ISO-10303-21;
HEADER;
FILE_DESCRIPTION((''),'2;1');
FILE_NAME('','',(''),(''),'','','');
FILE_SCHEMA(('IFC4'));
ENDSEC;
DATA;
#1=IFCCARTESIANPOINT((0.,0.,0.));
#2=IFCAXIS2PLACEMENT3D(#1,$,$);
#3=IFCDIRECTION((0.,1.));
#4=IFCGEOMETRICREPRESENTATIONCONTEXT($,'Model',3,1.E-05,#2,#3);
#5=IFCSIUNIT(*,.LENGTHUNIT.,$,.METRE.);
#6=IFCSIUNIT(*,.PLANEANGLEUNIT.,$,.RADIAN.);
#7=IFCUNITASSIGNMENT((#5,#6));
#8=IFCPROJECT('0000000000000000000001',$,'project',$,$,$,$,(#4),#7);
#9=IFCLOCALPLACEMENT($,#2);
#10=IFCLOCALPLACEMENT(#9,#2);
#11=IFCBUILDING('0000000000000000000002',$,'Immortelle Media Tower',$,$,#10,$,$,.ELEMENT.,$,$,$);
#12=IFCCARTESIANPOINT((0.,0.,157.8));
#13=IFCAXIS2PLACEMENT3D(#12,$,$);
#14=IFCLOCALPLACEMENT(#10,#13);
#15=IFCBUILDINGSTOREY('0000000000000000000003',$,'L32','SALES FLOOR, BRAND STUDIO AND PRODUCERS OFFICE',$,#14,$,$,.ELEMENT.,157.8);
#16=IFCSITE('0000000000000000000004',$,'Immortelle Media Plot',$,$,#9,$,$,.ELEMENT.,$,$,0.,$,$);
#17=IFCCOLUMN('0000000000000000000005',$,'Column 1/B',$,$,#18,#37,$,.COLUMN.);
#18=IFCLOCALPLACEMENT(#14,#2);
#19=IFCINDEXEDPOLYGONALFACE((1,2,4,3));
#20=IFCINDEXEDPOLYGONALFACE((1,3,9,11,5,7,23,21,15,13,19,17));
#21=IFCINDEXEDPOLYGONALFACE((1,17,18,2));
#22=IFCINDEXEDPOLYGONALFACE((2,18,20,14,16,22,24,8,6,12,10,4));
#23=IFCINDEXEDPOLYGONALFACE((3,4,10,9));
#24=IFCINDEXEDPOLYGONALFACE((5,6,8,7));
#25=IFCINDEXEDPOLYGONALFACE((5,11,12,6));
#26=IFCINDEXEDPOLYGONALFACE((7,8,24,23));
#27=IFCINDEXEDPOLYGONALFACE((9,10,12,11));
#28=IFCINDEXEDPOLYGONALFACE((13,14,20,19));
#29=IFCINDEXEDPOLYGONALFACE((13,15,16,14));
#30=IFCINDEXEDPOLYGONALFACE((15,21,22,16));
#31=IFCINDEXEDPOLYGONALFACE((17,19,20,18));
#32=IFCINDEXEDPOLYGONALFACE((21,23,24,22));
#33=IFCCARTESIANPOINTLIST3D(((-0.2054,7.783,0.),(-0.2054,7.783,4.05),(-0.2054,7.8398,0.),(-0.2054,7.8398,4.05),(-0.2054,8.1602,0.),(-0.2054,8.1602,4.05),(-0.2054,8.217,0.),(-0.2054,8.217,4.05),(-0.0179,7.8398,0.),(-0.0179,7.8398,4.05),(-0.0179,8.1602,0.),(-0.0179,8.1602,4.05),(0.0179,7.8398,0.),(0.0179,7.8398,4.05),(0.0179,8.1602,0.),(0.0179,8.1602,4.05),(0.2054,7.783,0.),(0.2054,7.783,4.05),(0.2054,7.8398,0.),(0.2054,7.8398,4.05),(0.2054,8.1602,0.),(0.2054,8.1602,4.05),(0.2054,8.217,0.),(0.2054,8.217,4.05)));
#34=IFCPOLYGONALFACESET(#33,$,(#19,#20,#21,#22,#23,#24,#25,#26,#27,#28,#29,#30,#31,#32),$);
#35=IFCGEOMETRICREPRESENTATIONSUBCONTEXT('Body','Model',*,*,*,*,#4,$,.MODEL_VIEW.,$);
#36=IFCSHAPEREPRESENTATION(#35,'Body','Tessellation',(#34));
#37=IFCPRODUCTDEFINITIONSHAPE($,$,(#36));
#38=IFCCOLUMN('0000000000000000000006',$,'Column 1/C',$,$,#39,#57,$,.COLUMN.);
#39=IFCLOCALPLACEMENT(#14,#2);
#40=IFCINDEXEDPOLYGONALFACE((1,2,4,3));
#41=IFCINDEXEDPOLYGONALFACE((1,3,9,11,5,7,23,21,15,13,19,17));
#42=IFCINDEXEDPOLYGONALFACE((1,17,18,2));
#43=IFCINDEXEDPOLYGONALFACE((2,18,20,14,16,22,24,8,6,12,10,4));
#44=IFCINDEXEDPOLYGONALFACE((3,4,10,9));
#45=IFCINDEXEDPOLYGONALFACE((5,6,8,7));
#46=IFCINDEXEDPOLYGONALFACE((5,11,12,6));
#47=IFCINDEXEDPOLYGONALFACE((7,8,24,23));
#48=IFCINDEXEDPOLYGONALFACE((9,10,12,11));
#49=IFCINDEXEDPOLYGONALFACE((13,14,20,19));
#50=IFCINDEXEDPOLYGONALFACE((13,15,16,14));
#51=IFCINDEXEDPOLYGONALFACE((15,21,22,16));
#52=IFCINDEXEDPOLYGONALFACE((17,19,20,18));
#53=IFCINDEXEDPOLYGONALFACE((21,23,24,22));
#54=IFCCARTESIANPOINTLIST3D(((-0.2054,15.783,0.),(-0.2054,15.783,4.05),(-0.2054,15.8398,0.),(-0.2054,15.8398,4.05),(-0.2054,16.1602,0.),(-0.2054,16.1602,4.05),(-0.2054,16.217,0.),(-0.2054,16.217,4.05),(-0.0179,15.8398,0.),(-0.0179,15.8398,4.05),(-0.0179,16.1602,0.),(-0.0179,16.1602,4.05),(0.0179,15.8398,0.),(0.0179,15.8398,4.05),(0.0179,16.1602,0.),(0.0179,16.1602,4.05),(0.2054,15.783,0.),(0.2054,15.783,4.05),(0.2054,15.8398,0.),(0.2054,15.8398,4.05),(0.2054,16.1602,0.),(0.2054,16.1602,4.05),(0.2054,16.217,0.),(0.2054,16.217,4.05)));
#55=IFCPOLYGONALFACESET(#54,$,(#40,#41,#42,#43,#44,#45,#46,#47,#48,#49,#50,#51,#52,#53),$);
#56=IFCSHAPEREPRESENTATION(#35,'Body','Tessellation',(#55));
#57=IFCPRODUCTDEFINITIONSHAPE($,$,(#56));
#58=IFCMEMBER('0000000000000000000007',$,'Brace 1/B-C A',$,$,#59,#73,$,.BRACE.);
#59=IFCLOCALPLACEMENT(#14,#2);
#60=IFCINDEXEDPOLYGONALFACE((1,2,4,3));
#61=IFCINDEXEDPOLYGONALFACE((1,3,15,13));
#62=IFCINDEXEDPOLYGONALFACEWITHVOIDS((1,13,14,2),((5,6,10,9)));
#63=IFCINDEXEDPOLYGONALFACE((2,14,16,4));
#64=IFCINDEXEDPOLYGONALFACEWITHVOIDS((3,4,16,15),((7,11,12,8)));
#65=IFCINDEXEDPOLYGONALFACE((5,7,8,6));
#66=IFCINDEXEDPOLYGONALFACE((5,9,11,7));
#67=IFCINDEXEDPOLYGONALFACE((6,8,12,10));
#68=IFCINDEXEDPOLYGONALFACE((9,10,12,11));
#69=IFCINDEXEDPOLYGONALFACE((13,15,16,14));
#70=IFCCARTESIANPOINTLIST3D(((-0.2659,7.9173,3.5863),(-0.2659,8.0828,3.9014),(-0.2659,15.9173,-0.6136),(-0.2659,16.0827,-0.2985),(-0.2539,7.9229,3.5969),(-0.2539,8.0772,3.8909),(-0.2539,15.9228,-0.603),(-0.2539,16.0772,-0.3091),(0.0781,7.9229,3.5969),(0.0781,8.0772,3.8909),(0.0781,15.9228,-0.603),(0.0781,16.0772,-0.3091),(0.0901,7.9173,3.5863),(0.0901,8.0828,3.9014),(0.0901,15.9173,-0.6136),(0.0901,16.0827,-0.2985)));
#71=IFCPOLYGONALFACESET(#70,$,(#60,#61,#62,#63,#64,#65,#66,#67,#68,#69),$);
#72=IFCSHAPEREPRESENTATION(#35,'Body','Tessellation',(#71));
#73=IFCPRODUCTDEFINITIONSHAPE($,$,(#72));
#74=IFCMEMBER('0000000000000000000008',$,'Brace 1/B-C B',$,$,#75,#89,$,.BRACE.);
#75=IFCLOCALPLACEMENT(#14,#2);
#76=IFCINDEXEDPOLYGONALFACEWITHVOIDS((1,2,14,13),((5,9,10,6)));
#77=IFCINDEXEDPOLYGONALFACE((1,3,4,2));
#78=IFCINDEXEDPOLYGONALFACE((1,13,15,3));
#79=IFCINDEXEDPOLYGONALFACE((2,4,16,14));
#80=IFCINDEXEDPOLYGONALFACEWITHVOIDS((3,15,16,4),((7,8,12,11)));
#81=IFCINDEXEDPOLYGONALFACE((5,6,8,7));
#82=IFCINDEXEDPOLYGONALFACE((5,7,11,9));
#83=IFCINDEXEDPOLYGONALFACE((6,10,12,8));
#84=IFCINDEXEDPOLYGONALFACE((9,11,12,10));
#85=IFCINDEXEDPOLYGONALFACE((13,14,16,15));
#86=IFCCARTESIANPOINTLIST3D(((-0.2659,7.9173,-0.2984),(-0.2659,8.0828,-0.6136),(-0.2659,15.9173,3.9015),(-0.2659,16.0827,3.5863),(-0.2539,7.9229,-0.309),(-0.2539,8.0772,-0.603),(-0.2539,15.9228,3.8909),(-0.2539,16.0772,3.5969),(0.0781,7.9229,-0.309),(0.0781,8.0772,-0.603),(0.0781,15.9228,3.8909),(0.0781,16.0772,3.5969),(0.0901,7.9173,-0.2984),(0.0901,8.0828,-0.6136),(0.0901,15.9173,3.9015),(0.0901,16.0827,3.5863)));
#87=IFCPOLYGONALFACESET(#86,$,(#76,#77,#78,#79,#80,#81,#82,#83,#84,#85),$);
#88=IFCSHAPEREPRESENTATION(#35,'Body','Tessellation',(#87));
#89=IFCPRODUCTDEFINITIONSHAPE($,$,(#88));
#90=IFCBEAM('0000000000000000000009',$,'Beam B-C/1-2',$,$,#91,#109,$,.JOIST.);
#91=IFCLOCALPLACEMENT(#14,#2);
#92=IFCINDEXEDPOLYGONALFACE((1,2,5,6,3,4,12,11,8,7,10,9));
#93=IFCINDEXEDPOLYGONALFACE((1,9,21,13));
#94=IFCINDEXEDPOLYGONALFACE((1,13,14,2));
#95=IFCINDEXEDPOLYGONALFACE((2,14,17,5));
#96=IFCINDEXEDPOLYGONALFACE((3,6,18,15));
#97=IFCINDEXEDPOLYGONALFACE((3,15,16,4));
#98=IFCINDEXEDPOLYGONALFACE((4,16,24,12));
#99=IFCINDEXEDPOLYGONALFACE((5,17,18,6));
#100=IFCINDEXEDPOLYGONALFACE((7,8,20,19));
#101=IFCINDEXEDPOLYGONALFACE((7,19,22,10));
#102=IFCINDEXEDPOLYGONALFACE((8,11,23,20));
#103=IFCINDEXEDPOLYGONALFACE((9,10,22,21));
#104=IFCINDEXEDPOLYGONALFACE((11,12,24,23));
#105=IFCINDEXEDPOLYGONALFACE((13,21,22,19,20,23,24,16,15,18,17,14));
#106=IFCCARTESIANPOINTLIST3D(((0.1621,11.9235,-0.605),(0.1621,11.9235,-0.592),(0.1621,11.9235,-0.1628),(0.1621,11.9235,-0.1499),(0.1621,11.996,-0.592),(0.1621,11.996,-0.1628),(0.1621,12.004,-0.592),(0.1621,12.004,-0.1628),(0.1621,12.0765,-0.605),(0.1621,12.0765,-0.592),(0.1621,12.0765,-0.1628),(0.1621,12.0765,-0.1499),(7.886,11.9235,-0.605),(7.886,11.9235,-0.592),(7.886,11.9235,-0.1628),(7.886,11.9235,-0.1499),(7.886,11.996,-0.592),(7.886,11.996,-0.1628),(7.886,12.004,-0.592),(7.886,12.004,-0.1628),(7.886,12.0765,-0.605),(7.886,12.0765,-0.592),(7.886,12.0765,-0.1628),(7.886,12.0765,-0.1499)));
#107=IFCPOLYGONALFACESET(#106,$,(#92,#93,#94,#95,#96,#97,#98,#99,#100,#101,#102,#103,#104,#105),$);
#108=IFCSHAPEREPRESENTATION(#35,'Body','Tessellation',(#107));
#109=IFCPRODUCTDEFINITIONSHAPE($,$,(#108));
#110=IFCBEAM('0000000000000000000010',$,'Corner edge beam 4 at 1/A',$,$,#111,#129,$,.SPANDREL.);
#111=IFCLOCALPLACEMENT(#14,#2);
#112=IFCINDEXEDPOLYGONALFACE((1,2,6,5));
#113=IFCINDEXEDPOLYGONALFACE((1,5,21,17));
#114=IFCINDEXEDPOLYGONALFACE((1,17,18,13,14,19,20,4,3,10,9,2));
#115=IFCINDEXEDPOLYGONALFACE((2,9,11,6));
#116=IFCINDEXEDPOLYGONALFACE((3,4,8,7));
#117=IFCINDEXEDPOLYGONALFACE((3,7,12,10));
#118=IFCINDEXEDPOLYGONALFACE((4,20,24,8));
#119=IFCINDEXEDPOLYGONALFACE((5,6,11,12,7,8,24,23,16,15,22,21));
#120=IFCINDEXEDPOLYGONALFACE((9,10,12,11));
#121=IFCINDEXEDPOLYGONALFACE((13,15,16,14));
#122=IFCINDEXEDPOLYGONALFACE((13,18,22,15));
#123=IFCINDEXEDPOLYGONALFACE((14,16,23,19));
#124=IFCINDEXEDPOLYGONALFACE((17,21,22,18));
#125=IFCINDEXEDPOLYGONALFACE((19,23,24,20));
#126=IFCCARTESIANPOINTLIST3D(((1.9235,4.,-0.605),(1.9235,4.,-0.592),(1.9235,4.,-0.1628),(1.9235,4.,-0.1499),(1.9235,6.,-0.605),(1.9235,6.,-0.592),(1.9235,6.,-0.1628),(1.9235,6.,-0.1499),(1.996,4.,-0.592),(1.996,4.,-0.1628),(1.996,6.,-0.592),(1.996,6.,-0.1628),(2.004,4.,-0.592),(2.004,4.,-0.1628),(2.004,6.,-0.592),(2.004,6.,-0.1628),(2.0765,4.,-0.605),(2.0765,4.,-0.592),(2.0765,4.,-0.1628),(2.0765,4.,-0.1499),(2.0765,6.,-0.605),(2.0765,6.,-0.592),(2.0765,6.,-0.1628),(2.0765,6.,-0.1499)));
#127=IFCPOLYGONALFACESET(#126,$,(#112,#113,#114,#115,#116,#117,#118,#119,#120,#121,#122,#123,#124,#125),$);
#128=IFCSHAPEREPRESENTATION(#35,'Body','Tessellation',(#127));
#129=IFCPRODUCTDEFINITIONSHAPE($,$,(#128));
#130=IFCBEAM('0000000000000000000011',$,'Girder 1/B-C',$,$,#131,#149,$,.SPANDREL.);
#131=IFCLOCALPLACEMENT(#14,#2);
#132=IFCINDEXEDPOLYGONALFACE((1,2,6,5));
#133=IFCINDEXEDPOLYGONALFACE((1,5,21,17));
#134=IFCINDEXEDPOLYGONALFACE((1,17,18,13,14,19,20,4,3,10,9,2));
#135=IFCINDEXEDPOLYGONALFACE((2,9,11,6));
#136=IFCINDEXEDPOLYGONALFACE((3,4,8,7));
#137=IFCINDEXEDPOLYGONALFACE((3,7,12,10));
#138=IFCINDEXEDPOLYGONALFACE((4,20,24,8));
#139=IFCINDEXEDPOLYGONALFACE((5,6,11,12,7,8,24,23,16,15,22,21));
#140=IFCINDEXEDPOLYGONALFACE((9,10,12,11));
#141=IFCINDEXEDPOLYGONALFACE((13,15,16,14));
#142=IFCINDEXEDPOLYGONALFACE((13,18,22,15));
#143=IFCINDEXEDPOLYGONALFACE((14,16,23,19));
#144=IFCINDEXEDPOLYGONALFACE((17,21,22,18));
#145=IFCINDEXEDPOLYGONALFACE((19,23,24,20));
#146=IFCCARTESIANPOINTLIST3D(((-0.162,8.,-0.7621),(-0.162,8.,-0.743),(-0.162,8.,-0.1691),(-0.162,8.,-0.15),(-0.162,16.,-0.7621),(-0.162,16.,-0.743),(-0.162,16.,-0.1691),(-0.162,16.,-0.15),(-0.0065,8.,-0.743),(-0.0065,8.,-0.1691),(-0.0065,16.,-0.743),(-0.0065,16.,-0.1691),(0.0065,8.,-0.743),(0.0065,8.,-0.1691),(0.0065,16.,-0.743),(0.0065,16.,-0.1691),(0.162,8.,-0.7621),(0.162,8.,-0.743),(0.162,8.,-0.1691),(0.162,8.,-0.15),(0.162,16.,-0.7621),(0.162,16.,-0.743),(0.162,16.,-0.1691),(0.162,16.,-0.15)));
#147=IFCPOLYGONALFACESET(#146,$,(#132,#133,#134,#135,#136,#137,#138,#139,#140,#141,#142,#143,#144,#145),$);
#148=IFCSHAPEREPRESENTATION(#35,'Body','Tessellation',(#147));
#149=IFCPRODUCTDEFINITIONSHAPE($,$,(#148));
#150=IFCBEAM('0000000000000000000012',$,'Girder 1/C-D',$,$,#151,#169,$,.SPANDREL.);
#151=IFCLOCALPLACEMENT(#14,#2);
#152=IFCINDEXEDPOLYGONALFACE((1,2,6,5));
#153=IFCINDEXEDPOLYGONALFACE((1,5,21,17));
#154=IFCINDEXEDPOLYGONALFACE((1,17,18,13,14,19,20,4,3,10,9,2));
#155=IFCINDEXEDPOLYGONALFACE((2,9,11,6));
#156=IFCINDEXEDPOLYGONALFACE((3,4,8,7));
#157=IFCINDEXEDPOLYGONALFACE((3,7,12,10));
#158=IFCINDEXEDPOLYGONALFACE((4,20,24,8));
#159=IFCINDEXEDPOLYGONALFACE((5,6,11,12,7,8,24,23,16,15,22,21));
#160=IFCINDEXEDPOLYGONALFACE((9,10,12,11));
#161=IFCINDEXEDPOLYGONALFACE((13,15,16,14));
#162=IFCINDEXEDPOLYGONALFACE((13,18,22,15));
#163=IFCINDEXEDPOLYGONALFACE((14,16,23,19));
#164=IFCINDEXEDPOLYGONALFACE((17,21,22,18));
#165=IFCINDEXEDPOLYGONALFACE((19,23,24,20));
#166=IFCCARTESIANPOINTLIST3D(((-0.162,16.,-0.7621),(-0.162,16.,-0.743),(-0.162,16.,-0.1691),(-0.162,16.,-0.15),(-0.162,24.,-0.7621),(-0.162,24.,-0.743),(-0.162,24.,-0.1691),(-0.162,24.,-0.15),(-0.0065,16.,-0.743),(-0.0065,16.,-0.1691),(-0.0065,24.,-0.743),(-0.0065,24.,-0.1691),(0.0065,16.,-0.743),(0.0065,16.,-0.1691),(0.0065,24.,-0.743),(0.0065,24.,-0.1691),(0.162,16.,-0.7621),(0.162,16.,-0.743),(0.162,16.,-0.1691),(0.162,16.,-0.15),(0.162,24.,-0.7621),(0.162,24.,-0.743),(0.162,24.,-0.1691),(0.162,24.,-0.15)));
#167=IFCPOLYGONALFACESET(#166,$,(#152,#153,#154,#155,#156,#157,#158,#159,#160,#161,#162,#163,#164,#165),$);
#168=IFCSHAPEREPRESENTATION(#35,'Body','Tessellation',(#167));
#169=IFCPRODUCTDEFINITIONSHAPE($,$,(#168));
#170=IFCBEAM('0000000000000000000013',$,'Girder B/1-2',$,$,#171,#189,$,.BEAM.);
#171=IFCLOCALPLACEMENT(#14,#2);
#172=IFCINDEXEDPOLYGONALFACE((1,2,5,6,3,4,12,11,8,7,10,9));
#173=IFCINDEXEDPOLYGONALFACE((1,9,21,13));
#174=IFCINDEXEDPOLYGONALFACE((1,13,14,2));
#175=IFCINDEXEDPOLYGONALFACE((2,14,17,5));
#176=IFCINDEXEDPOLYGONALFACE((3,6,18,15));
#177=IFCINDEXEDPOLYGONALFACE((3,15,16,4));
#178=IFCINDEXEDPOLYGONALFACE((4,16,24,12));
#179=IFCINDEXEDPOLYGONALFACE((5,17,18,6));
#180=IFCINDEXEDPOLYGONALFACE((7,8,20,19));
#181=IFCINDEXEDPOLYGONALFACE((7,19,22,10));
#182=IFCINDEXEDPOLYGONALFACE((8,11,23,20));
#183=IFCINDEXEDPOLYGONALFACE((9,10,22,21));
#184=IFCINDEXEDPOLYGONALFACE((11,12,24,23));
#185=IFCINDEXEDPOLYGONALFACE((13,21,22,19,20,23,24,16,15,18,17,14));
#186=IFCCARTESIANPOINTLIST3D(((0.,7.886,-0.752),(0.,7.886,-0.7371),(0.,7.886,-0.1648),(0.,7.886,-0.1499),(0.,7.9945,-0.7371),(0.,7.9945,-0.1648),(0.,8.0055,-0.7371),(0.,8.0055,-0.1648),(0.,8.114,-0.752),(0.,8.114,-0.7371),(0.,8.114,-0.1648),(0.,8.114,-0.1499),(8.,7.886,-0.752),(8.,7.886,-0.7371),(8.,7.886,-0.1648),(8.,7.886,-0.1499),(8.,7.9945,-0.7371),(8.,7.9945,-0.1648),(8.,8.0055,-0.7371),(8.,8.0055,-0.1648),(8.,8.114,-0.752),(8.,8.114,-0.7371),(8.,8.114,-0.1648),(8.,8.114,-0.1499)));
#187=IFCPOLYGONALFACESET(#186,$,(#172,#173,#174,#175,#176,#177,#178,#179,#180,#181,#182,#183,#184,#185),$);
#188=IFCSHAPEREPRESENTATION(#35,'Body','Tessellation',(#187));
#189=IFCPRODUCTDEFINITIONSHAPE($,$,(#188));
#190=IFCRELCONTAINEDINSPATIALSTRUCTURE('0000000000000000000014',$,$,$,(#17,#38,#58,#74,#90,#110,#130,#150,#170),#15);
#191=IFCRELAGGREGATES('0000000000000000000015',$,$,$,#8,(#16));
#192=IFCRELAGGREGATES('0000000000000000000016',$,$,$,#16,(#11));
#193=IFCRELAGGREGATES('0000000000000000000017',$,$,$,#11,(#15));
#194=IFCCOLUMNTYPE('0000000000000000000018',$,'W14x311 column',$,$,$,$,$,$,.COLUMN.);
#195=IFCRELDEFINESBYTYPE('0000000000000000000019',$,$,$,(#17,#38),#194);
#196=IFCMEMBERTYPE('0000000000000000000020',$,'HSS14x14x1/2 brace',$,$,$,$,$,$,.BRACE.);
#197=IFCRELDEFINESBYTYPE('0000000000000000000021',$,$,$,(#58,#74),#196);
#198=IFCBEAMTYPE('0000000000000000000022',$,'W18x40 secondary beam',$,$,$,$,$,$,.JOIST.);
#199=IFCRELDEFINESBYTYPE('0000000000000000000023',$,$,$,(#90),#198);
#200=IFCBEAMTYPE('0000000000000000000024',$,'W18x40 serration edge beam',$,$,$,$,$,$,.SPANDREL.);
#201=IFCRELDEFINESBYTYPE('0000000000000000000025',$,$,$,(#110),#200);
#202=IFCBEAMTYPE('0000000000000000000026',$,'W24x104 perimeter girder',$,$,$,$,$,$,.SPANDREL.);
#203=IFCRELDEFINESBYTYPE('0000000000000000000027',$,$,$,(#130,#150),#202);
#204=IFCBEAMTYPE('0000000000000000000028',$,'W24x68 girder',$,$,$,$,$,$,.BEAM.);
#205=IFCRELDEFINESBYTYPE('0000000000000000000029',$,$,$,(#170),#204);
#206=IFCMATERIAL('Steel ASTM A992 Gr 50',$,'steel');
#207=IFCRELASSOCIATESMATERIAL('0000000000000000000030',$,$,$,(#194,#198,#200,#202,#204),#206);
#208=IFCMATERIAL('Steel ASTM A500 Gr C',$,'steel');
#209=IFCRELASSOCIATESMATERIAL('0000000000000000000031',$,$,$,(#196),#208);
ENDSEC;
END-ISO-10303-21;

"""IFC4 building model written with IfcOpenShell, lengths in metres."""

from ifc_helpers import new_model, si_unit, direction, frame, origin, origin_2d, place, context, subcontext, project, spatial, hollow_rectangle, i_section, extrude, material, material_profile, profile_set, type_object, element, save


model = new_model("IFC4")

# Units and contexts
model_context = context("Model", 3, precision=1e-05, world=origin(), true_north=direction((0.0, 1.0)))
body_context = subcontext(model_context, "Body", "Model", "MODEL_VIEW")
ifc_project = project(units=[si_unit("LENGTHUNIT", "METRE"), si_unit("PLANEANGLEUNIT", "RADIAN")], contexts=[model_context])

# Site, building, storey
site_placement = place(None, origin())
site = spatial("IfcSite", under=ifc_project, at=site_placement, Name="Immortelle Media Plot", CompositionType="ELEMENT", RefElevation=0.0)
building_placement = place(site_placement, origin())
building = spatial("IfcBuilding", under=site, at=building_placement, Name="Immortelle Media Tower", CompositionType="ELEMENT")
storey_placement = place(building_placement, frame((0.0, 0.0, 157.8)))
storey = spatial("IfcBuildingStorey", under=building, at=storey_placement, Name="L32", Description="SALES FLOOR, BRAND STUDIO AND PRODUCERS OFFICE", CompositionType="ELEMENT", Elevation=157.8)

# Columns
ifc_material_1 = material(Name="Steel ASTM A992 Gr 50", Category="steel")
ifc_material_profile_1 = material_profile(ifc_material_1, i_section(OverallWidth=0.4109, OverallDepth=0.4341, WebThickness=0.0359, FlangeThickness=0.0569, at=origin_2d()), Name="W14x311")
ifc_profile_set_1 = profile_set([ifc_material_profile_1], Name="Steel ASTM A992 Gr 50")
column_type = type_object("IfcColumnType", Name="W14x311 column", PredefinedType="COLUMN", material=ifc_profile_set_1)
for number, where, z_axis, x_axis, name in (
    (1, (0.0, 8.0, 0.0), (0.0, 0.0, 1.0), (1.0, 0.0, 0.0), "Column 1/B"),
    (2, (0.0, 16.0, 0.0), (0.0, 0.0, 1.0), (1.0, 0.0, 0.0), "Column 1/C"),
):
    element("IfcColumn", number, at=place(storey_placement, frame(where, z_axis=z_axis, x_axis=x_axis)), inside=storey, type_object=column_type, Name=name, PredefinedType="COLUMN", context=body_context, shape_type="SweptSolid", body=[
        extrude(i_section(OverallWidth=0.4109, OverallDepth=0.4341, WebThickness=0.0359, FlangeThickness=0.0569, at=origin_2d()), origin(), (0.0, 0.0, 1.0), 4.05),
    ])

# Members
ifc_material_2 = material(Name="Steel ASTM A500 Gr C", Category="steel")
ifc_material_profile_2 = material_profile(ifc_material_2, hollow_rectangle(XDim=0.356, YDim=0.356, WallThickness=0.012, at=origin_2d()), Name="HSS14x14x1/2 brace")
ifc_profile_set_2 = profile_set([ifc_material_profile_2], Name="Steel ASTM A500 Gr C")
member_type = type_object("IfcMemberType", Name="HSS14x14x1/2 brace", PredefinedType="BRACE", material=ifc_profile_set_2)
for number, where, z_axis, x_axis, name in (
    (3, (-0.0879, 16.0, -0.4561), (0.0, -0.8854, 0.46483), (1.0, 0.0, 0.0), "Brace 1/B-C A"),
    (4, (-0.0879, 16.0, 3.7439), (0.0, -0.8854, -0.46483), (1.0, 0.0, 0.0), "Brace 1/B-C B"),
):
    element("IfcMember", number, at=place(storey_placement, frame(where, z_axis=z_axis, x_axis=x_axis)), inside=storey, type_object=member_type, Name=name, PredefinedType="BRACE", context=body_context, shape_type="SweptSolid", body=[
        extrude(hollow_rectangle(XDim=0.356, YDim=0.356, WallThickness=0.012, at=origin_2d()), origin(), (0.0, 0.0, 1.0), 9.0354),
    ])

# Beams
ifc_material_profile_3 = material_profile(ifc_material_1, i_section(OverallWidth=0.1531, OverallDepth=0.4551, WebThickness=0.0081, FlangeThickness=0.0129, at=origin_2d()), Name="W18x40")
ifc_profile_set_3 = profile_set([ifc_material_profile_3], Name="Steel ASTM A992 Gr 50")
beam_type_1 = type_object("IfcBeamType", Name="W18x40 secondary beam", PredefinedType="JOIST", material=ifc_profile_set_3)
beam_1_placement = place(storey_placement, frame((0.1621, 12.0, -0.3774), z_axis=(1.0, 0.0, 0.0), x_axis=(0.0, 1.0, 0.0)))
element("IfcBeam", 5, at=beam_1_placement, inside=storey, type_object=beam_type_1, Name="Beam B-C/1-2", PredefinedType="JOIST", context=body_context, shape_type="SweptSolid", body=[
    extrude(i_section(OverallWidth=0.1531, OverallDepth=0.4551, WebThickness=0.0081, FlangeThickness=0.0129, at=origin_2d()), origin(), (0.0, 0.0, 1.0), 7.7239),
])
ifc_material_profile_4 = material_profile(ifc_material_1, i_section(OverallWidth=0.1531, OverallDepth=0.4551, WebThickness=0.0081, FlangeThickness=0.0129, at=origin_2d()), Name="W18x40")
ifc_profile_set_4 = profile_set([ifc_material_profile_4], Name="Steel ASTM A992 Gr 50")
beam_type_2 = type_object("IfcBeamType", Name="W18x40 serration edge beam", PredefinedType="SPANDREL", material=ifc_profile_set_4)
beam_2_placement = place(storey_placement, frame((2.0, 4.0, -0.3774), z_axis=(0.0, 1.0, 0.0), x_axis=(-1.0, 0.0, 0.0)))
element("IfcBeam", 6, at=beam_2_placement, inside=storey, type_object=beam_type_2, Name="Corner edge beam 4 at 1/A", PredefinedType="SPANDREL", context=body_context, shape_type="SweptSolid", body=[
    extrude(i_section(OverallWidth=0.1531, OverallDepth=0.4551, WebThickness=0.0081, FlangeThickness=0.0129, at=origin_2d()), origin(), (0.0, 0.0, 1.0), 2.0),
])
ifc_material_profile_5 = material_profile(ifc_material_1, i_section(OverallWidth=0.324, OverallDepth=0.6121, WebThickness=0.0129, FlangeThickness=0.019, at=origin_2d()), Name="W24x104")
ifc_profile_set_5 = profile_set([ifc_material_profile_5], Name="Steel ASTM A992 Gr 50")
beam_type_3 = type_object("IfcBeamType", Name="W24x104 perimeter girder", PredefinedType="SPANDREL", material=ifc_profile_set_5)
for number, where, z_axis, x_axis, name in (
    (7, (0.0, 8.0, -0.4561), (0.0, 1.0, 0.0), (-1.0, 0.0, 0.0), "Girder 1/B-C"),
    (8, (0.0, 16.0, -0.4561), (0.0, 1.0, 0.0), (-1.0, 0.0, 0.0), "Girder 1/C-D"),
):
    element("IfcBeam", number, at=place(storey_placement, frame(where, z_axis=z_axis, x_axis=x_axis)), inside=storey, type_object=beam_type_3, Name=name, PredefinedType="SPANDREL", context=body_context, shape_type="SweptSolid", body=[
        extrude(i_section(OverallWidth=0.324, OverallDepth=0.6121, WebThickness=0.0129, FlangeThickness=0.019, at=origin_2d()), origin(), (0.0, 0.0, 1.0), 8.0),
    ])
ifc_material_profile_6 = material_profile(ifc_material_1, i_section(OverallWidth=0.228, OverallDepth=0.6021, WebThickness=0.011, FlangeThickness=0.0149, at=origin_2d()), Name="W24x68")
ifc_profile_set_6 = profile_set([ifc_material_profile_6], Name="Steel ASTM A992 Gr 50")
beam_type_4 = type_object("IfcBeamType", Name="W24x68 girder", PredefinedType="BEAM", material=ifc_profile_set_6)
for number, where, z_axis, x_axis, name in (
    (9, (0.0, 8.0, -0.4509), (1.0, 0.0, 0.0), (0.0, 1.0, 0.0), "Girder B/1-2"),
):
    element("IfcBeam", number, at=place(storey_placement, frame(where, z_axis=z_axis, x_axis=x_axis)), inside=storey, type_object=beam_type_4, Name=name, PredefinedType="BEAM", context=body_context, shape_type="SweptSolid", body=[
        extrude(i_section(OverallWidth=0.228, OverallDepth=0.6021, WebThickness=0.011, FlangeThickness=0.0149, at=origin_2d()), origin(), (0.0, 0.0, 1.0), 8.0),
    ])

save(model, "model.ifc")
